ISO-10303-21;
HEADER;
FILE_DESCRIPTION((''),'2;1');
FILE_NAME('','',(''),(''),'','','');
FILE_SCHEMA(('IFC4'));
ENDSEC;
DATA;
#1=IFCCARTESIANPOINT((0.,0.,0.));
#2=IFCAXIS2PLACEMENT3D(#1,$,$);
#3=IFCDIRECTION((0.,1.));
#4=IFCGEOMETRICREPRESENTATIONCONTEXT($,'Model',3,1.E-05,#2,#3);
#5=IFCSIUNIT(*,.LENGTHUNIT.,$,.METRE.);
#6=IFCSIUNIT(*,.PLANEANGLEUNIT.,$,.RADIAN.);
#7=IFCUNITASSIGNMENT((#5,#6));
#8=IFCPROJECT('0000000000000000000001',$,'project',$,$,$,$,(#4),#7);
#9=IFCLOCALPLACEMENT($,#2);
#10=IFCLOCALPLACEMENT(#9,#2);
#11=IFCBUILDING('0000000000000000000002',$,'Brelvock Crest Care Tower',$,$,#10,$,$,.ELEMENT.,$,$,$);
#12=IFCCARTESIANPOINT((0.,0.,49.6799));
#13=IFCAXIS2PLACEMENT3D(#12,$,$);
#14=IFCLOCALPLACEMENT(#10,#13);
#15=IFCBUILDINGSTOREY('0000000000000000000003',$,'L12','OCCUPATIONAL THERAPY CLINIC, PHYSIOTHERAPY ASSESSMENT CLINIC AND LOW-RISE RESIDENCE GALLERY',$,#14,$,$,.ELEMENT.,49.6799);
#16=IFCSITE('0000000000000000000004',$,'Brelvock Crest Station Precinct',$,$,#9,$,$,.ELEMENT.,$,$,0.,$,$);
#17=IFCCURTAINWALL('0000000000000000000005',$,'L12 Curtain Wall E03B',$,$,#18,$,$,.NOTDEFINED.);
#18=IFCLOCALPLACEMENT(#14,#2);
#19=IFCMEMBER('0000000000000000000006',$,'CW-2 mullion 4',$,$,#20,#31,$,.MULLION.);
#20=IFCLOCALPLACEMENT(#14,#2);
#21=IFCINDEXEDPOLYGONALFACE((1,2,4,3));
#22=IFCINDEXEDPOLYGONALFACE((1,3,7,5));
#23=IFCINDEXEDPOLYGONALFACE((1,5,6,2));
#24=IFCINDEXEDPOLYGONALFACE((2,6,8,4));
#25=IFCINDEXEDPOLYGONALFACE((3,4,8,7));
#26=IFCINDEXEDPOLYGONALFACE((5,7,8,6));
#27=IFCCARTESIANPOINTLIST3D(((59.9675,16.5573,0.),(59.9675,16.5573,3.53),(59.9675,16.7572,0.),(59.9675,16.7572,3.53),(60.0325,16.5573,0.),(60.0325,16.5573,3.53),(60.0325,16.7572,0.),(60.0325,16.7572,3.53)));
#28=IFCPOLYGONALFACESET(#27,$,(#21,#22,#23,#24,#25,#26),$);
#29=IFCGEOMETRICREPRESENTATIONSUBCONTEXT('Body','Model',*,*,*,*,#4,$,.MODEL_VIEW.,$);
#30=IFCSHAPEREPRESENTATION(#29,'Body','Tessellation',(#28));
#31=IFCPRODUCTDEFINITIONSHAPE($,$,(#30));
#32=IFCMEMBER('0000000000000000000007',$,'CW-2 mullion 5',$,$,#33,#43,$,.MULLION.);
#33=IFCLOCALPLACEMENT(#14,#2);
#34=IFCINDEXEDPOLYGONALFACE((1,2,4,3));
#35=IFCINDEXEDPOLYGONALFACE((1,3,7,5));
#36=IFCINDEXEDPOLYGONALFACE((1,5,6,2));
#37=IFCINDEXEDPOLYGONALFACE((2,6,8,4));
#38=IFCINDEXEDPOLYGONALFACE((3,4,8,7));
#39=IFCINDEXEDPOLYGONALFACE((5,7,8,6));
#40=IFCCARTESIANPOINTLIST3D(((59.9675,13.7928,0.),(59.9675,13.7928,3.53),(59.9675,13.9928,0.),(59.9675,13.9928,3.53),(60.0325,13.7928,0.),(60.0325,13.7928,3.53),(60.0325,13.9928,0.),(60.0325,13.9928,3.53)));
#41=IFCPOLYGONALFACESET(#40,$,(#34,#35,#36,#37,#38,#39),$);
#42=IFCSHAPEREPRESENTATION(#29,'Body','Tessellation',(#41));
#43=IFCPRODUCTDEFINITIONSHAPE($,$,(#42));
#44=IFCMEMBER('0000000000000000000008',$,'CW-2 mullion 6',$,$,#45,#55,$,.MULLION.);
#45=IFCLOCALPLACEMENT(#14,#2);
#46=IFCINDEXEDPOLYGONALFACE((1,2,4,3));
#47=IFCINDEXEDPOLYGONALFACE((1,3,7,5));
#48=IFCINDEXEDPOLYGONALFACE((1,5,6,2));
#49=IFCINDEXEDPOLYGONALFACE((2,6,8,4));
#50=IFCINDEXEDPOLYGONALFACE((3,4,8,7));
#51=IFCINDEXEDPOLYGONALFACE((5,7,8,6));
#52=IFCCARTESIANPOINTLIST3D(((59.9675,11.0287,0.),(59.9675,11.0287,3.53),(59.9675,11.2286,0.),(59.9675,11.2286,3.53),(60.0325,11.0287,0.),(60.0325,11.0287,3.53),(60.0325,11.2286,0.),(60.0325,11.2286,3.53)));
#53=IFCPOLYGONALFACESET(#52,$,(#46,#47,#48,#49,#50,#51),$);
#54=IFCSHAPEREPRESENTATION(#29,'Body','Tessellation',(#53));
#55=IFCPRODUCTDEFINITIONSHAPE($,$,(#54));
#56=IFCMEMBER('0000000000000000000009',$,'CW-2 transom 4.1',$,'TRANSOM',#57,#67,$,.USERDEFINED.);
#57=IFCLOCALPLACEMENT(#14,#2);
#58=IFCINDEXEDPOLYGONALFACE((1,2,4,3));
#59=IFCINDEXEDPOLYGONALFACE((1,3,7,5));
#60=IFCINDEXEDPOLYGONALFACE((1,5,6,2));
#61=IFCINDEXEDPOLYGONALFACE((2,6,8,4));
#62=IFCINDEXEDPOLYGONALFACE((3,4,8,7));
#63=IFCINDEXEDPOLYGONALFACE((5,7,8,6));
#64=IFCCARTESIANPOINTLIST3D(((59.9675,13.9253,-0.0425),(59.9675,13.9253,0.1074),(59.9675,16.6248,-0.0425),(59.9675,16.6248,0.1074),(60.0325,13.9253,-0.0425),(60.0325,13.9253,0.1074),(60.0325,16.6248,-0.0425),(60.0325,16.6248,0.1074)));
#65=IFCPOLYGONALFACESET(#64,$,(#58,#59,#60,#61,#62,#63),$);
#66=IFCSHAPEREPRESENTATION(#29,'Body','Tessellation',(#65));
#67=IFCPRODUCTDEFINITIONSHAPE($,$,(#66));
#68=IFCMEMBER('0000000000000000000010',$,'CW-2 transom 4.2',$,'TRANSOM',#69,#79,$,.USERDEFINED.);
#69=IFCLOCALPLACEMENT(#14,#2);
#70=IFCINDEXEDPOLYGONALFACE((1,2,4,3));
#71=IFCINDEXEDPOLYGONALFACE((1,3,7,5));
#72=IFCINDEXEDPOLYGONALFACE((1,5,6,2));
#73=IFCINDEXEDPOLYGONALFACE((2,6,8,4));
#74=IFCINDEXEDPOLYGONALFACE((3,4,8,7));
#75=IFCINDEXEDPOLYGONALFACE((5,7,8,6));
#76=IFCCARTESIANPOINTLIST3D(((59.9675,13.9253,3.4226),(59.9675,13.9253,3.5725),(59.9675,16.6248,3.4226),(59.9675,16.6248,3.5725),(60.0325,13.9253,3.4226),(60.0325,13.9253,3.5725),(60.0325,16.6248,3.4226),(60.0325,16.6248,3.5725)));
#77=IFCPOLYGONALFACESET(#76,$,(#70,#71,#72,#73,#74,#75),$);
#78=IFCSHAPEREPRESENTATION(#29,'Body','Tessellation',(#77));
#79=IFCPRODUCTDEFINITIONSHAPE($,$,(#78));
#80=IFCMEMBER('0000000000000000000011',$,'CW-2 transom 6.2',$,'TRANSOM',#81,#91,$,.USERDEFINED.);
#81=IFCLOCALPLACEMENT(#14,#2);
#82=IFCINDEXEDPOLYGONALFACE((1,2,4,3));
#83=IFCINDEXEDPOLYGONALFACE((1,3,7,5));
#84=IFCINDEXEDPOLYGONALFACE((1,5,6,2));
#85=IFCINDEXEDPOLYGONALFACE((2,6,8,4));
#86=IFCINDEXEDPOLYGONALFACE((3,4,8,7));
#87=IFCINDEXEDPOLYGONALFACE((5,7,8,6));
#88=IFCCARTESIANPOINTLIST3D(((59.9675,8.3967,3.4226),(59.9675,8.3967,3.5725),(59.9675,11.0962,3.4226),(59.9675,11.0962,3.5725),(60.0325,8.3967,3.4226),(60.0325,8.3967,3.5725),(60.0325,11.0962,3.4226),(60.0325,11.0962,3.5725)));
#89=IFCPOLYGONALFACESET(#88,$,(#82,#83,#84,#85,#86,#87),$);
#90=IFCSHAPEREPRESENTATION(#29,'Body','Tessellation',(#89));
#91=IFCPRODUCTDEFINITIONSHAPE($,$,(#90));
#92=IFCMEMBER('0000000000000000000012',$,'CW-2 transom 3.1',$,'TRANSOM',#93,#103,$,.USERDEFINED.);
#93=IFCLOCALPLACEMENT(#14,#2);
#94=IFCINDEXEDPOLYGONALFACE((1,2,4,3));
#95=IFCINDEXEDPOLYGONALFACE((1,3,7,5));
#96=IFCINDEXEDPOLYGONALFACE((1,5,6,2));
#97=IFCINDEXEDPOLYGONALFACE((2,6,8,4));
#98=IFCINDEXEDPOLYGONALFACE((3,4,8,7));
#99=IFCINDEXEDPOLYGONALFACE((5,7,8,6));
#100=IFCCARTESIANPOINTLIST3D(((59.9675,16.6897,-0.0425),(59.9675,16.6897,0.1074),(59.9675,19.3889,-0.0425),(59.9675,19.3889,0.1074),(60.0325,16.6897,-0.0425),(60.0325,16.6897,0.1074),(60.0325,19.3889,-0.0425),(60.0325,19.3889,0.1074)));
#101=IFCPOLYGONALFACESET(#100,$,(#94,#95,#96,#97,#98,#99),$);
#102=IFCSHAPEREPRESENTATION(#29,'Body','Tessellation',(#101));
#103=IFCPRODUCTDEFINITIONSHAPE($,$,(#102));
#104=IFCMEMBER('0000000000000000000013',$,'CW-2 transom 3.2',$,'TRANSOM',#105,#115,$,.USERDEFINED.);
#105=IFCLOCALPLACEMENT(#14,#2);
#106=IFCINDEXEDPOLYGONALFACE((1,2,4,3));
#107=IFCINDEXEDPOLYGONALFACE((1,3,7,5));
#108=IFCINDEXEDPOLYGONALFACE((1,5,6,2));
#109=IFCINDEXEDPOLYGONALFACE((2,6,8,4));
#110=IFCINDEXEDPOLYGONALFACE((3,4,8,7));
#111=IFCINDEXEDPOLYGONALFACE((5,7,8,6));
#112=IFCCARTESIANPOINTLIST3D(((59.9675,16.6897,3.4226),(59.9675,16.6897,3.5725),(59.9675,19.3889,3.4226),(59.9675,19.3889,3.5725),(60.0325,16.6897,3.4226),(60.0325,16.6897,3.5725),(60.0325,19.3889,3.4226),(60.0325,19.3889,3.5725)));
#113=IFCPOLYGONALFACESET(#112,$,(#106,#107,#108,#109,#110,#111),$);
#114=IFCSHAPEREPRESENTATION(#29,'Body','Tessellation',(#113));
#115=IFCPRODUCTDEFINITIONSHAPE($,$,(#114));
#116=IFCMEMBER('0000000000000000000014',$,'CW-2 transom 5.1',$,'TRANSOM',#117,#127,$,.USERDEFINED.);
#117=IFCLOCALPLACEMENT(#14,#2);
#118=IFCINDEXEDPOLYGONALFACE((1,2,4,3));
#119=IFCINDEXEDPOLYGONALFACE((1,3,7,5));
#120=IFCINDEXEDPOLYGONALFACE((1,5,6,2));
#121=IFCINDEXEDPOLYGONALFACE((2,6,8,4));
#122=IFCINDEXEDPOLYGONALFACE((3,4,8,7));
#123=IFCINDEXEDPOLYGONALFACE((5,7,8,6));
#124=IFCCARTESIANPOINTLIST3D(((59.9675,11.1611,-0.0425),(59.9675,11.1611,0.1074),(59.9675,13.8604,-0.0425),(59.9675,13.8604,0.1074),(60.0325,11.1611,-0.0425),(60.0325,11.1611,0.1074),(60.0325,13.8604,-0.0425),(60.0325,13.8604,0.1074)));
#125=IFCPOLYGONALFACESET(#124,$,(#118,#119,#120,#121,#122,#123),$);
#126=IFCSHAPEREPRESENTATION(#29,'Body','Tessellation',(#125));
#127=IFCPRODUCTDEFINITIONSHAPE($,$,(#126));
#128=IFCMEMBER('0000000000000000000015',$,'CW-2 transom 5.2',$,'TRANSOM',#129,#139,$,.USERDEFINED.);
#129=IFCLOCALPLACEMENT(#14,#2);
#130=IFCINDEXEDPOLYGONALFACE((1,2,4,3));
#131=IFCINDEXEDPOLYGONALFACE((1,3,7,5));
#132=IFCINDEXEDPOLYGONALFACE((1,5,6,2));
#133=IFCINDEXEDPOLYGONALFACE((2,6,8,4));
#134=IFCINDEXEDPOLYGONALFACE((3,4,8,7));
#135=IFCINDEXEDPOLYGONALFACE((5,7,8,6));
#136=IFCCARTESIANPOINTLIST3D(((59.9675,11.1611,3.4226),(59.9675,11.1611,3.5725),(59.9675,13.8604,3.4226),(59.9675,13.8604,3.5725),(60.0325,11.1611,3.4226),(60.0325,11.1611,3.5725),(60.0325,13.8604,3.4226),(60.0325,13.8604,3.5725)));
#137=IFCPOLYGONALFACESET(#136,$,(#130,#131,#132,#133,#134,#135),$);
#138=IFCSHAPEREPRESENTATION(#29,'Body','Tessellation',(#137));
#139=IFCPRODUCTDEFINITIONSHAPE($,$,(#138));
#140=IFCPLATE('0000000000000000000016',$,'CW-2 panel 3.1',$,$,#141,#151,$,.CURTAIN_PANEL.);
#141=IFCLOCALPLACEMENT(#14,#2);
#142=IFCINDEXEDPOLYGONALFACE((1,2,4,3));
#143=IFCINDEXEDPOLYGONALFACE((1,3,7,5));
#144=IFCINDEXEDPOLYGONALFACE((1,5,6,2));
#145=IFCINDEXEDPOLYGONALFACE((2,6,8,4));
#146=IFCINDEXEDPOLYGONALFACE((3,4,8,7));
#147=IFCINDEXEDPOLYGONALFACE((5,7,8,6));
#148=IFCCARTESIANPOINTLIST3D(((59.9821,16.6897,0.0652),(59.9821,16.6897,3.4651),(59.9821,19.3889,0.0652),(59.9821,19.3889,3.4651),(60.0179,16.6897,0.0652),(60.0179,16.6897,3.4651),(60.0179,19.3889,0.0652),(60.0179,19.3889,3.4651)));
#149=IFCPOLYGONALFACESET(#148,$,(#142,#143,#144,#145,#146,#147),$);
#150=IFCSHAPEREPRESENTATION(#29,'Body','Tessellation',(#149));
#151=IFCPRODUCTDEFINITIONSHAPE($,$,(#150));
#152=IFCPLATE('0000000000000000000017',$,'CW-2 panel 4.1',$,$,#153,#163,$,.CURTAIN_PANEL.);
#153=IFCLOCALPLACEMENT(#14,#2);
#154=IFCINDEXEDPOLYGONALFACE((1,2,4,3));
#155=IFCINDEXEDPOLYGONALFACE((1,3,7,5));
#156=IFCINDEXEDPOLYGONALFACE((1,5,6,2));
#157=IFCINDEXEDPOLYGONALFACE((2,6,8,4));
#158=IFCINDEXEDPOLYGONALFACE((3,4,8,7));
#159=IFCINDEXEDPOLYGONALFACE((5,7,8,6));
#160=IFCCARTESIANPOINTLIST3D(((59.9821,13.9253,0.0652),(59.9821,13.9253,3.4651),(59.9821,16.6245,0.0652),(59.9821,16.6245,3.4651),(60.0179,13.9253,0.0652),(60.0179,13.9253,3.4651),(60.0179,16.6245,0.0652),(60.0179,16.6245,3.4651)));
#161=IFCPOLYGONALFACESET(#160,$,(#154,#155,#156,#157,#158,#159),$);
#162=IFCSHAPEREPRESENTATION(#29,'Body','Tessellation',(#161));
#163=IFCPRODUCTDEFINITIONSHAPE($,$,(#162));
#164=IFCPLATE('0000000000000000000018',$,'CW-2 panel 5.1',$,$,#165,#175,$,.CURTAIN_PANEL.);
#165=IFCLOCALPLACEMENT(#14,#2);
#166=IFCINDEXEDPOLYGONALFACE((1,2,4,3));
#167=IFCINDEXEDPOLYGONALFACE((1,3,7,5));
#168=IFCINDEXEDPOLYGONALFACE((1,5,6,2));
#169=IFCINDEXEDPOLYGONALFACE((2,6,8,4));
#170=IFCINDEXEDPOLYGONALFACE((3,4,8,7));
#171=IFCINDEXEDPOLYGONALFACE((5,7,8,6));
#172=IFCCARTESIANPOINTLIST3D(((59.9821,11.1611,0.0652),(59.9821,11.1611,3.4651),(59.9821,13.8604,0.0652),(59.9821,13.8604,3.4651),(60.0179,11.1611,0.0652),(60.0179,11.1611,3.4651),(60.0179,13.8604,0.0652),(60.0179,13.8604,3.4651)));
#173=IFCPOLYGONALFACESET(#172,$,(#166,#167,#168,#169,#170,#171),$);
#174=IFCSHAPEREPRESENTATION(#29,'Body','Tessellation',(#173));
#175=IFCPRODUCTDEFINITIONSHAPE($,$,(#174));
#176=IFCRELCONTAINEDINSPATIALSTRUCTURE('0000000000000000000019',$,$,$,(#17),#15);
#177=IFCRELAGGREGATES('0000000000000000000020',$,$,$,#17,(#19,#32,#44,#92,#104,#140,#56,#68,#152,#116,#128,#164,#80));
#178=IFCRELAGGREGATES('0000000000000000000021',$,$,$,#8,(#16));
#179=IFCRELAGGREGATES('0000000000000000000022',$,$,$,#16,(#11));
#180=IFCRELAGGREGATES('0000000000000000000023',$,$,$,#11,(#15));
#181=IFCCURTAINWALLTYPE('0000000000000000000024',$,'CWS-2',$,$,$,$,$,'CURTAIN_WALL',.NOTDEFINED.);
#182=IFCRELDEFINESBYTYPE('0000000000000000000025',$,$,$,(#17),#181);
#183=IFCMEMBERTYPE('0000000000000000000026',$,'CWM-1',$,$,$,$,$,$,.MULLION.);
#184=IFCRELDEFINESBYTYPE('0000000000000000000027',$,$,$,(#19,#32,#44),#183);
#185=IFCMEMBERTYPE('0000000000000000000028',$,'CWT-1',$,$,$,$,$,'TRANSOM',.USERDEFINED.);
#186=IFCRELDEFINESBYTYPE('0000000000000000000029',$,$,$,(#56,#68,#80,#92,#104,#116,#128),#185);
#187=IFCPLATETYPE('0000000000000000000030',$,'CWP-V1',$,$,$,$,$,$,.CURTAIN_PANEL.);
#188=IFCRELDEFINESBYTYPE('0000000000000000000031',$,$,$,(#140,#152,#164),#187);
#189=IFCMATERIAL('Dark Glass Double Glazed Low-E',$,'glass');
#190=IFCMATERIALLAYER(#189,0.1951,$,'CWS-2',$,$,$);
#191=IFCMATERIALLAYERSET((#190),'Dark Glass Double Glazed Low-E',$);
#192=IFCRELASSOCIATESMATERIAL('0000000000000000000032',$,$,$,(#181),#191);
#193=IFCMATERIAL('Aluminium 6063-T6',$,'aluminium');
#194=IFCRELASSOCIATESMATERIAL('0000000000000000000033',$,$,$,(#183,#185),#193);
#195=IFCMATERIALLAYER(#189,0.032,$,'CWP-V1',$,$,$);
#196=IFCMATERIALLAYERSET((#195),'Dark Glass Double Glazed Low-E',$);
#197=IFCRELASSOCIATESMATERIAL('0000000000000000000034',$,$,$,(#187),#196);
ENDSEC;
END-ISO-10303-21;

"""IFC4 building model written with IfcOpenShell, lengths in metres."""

from ifc_helpers import new_model, si_unit, direction, frame, origin, origin_2d, place, context, subcontext, project, spatial, rectangle, extrude, source, transform, mapped, material, layer, layer_set, material_profile, profile_set, type_object, element, aggregate, save


model = new_model("IFC4")

# Units and contexts
model_context = context("Model", 3, precision=1e-05, world=origin(), true_north=direction((0.0, 1.0)))
body_context = subcontext(model_context, "Body", "Model", "MODEL_VIEW")
ifc_project = project(units=[si_unit("LENGTHUNIT", "METRE"), si_unit("PLANEANGLEUNIT", "RADIAN")], contexts=[model_context])

# Site, building, storey
site_placement = place(None, origin())
site = spatial("IfcSite", under=ifc_project, at=site_placement, Name="Brelvock Crest Station Precinct", CompositionType="ELEMENT", RefElevation=0.0)
building_placement = place(site_placement, origin())
building = spatial("IfcBuilding", under=site, at=building_placement, Name="Brelvock Crest Care Tower", CompositionType="ELEMENT")
storey_placement = place(building_placement, frame((0.0, 0.0, 49.6799)))
storey = spatial("IfcBuildingStorey", under=building, at=storey_placement, Name="L12", Description="OCCUPATIONAL THERAPY CLINIC, PHYSIOTHERAPY ASSESSMENT CLINIC AND LOW-RISE RESIDENCE GALLERY", CompositionType="ELEMENT", Elevation=49.6799)

# Curtain wall, members, plates
ifc_material_1 = material(Name="Dark Glass Double Glazed Low-E", Category="glass")
ifc_layer_1 = layer(ifc_material_1, 0.1951, Name="CWS-2")
ifc_layer_set_1 = layer_set([ifc_layer_1], Name="Dark Glass Double Glazed Low-E")
curtain_wall_type = type_object("IfcCurtainWallType", Name="CWS-2", ElementType="CURTAIN_WALL", PredefinedType="NOTDEFINED", material=ifc_layer_set_1)
curtain_wall_placement = place(storey_placement, origin())
curtain_wall = element("IfcCurtainWall", 1, at=curtain_wall_placement, inside=storey, type_object=curtain_wall_type, Name="L12 Curtain Wall E03B", PredefinedType="NOTDEFINED")
ifc_material_2 = material(Name="Aluminium 6063-T6", Category="aluminium")
ifc_material_profile_1 = material_profile(ifc_material_2, rectangle(XDim=0.0649, YDim=0.2, at=origin_2d()), Name="ALU65x200")
ifc_profile_set_1 = profile_set([ifc_material_profile_1], Name="Aluminium 6063-T6")
member_type_1 = type_object("IfcMemberType", Name="CWM-1", PredefinedType="MULLION", material=ifc_profile_set_1)
shared_shape_1 = source(origin(), body_context, "Body", "SweptSolid", [
    extrude(rectangle(XDim=0.0649, YDim=0.2, at=origin_2d()), origin(), (0.0, 0.0, 1.0), 3.53),
])
member_1_placement = place(storey_placement, frame((60.0, 16.6572, 0.0), z_axis=(0.0, 0.0, 1.0), x_axis=(1.0, 0.0, 0.0)))
member_1 = element("IfcMember", 2, at=member_1_placement, type_object=member_type_1, Name="CW-2 mullion 4", PredefinedType="MULLION", context=body_context, shape_type="MappedRepresentation", body=[
    mapped(shared_shape_1, transform((0.0, 0.0, 0.0), x_axis=(1.0, 0.0, 0.0), y_axis=(0.0, 1.0, 0.0), z_axis=(0.0, 0.0, 1.0), scale=1.0)),
])
member_2_placement = place(storey_placement, frame((60.0, 13.8928, 0.0), z_axis=(0.0, 0.0, 1.0), x_axis=(1.0, 0.0, 0.0)))
member_2 = element("IfcMember", 3, at=member_2_placement, type_object=member_type_1, Name="CW-2 mullion 5", PredefinedType="MULLION", context=body_context, shape_type="MappedRepresentation", body=[
    mapped(shared_shape_1, transform((0.0, 0.0, 0.0), x_axis=(1.0, 0.0, 0.0), y_axis=(0.0, 1.0, 0.0), z_axis=(0.0, 0.0, 1.0), scale=1.0)),
])
member_3_placement = place(storey_placement, frame((60.0, 11.1287, 0.0), z_axis=(0.0, 0.0, 1.0), x_axis=(1.0, 0.0, 0.0)))
member_3 = element("IfcMember", 4, at=member_3_placement, type_object=member_type_1, Name="CW-2 mullion 6", PredefinedType="MULLION", context=body_context, shape_type="MappedRepresentation", body=[
    mapped(shared_shape_1, transform((0.0, 0.0, 0.0), x_axis=(1.0, 0.0, 0.0), y_axis=(0.0, 1.0, 0.0), z_axis=(0.0, 0.0, 1.0), scale=1.0)),
])
ifc_material_profile_2 = material_profile(ifc_material_2, rectangle(XDim=0.0649, YDim=0.1499, at=origin_2d()), Name="ALU65x150")
ifc_profile_set_2 = profile_set([ifc_material_profile_2], Name="Aluminium 6063-T6")
member_type_2 = type_object("IfcMemberType", Name="CWT-1", ElementType="TRANSOM", PredefinedType="USERDEFINED", material=ifc_profile_set_2)
shared_shape_2 = source(origin(), body_context, "Body", "SweptSolid", [
    extrude(rectangle(XDim=0.0649, YDim=0.1499, at=origin_2d()), origin(), (0.0, 0.0, 1.0), 2.6995),
])
member_4_placement = place(storey_placement, frame((60.0, 16.6248, 0.0325), z_axis=(0.0, -1.0, 0.0), x_axis=(1.0, 0.0, 0.0)))
member_4 = element("IfcMember", 5, at=member_4_placement, type_object=member_type_2, Name="CW-2 transom 4.1", ObjectType="TRANSOM", PredefinedType="USERDEFINED", context=body_context, shape_type="MappedRepresentation", body=[
    mapped(shared_shape_2, transform((0.0, 0.0, 0.0), x_axis=(1.0, 0.0, 0.0), y_axis=(0.0, 1.0, 0.0), z_axis=(0.0, 0.0, 1.0), scale=1.0)),
])
member_5_placement = place(storey_placement, frame((60.0, 16.6248, 3.4976), z_axis=(0.0, -1.0, 0.0), x_axis=(1.0, 0.0, 0.0)))
member_5 = element("IfcMember", 6, at=member_5_placement, type_object=member_type_2, Name="CW-2 transom 4.2", ObjectType="TRANSOM", PredefinedType="USERDEFINED", context=body_context, shape_type="MappedRepresentation", body=[
    mapped(shared_shape_2, transform((0.0, 0.0, 0.0), x_axis=(1.0, 0.0, 0.0), y_axis=(0.0, 1.0, 0.0), z_axis=(0.0, 0.0, 1.0), scale=1.0)),
])
member_6_placement = place(storey_placement, frame((60.0, 11.0962, 3.4976), z_axis=(0.0, -1.0, 0.0), x_axis=(1.0, 0.0, 0.0)))
member_6 = element("IfcMember", 7, at=member_6_placement, type_object=member_type_2, Name="CW-2 transom 6.2", ObjectType="TRANSOM", PredefinedType="USERDEFINED", context=body_context, shape_type="MappedRepresentation", body=[
    mapped(shared_shape_2, transform((0.0, 0.0, 0.0), x_axis=(1.0, 0.0, 0.0), y_axis=(0.0, 1.0, 0.0), z_axis=(0.0, 0.0, 1.0), scale=1.0)),
])
shared_shape_3 = source(origin(), body_context, "Body", "SweptSolid", [
    extrude(rectangle(XDim=0.0649, YDim=0.1499, at=origin_2d()), origin(), (0.0, 0.0, 1.0), 2.6992),
])
member_7_placement = place(storey_placement, frame((60.0, 19.3889, 0.0325), z_axis=(0.0, -1.0, 0.0), x_axis=(1.0, 0.0, 0.0)))
member_7 = element("IfcMember", 8, at=member_7_placement, type_object=member_type_2, Name="CW-2 transom 3.1", ObjectType="TRANSOM", PredefinedType="USERDEFINED", context=body_context, shape_type="MappedRepresentation", body=[
    mapped(shared_shape_3, transform((0.0, 0.0, 0.0), x_axis=(1.0, 0.0, 0.0), y_axis=(0.0, 1.0, 0.0), z_axis=(0.0, 0.0, 1.0), scale=1.0)),
])
member_8_placement = place(storey_placement, frame((60.0, 19.3889, 3.4976), z_axis=(0.0, -1.0, 0.0), x_axis=(1.0, 0.0, 0.0)))
member_8 = element("IfcMember", 9, at=member_8_placement, type_object=member_type_2, Name="CW-2 transom 3.2", ObjectType="TRANSOM", PredefinedType="USERDEFINED", context=body_context, shape_type="MappedRepresentation", body=[
    mapped(shared_shape_3, transform((0.0, 0.0, 0.0), x_axis=(1.0, 0.0, 0.0), y_axis=(0.0, 1.0, 0.0), z_axis=(0.0, 0.0, 1.0), scale=1.0)),
])
member_9_placement = place(storey_placement, frame((60.0, 13.8604, 0.0325), z_axis=(0.0, -1.0, 0.0), x_axis=(1.0, 0.0, 0.0)))
member_9 = element("IfcMember", 10, at=member_9_placement, type_object=member_type_2, Name="CW-2 transom 5.1", ObjectType="TRANSOM", PredefinedType="USERDEFINED", context=body_context, shape_type="MappedRepresentation", body=[
    mapped(shared_shape_3, transform((0.0, 0.0, 0.0), x_axis=(1.0, 0.0, 0.0), y_axis=(0.0, 1.0, 0.0), z_axis=(0.0, 0.0, 1.0), scale=1.0)),
])
member_10_placement = place(storey_placement, frame((60.0, 13.8604, 3.4976), z_axis=(0.0, -1.0, 0.0), x_axis=(1.0, 0.0, 0.0)))
member_10 = element("IfcMember", 11, at=member_10_placement, type_object=member_type_2, Name="CW-2 transom 5.2", ObjectType="TRANSOM", PredefinedType="USERDEFINED", context=body_context, shape_type="MappedRepresentation", body=[
    mapped(shared_shape_3, transform((0.0, 0.0, 0.0), x_axis=(1.0, 0.0, 0.0), y_axis=(0.0, 1.0, 0.0), z_axis=(0.0, 0.0, 1.0), scale=1.0)),
])
ifc_layer_2 = layer(ifc_material_1, 0.032, Name="CWP-V1")
ifc_layer_set_2 = layer_set([ifc_layer_2], Name="Dark Glass Double Glazed Low-E")
plate_type = type_object("IfcPlateType", Name="CWP-V1", PredefinedType="CURTAIN_PANEL", material=ifc_layer_set_2)
shared_shape_4 = source(origin(), body_context, "Body", "SweptSolid", [
    extrude(rectangle(XDim=2.6992, YDim=0.0359, at=origin_2d()), origin(), (0.0, 0.0, 1.0), 3.3999),
])
plate_1_placement = place(storey_placement, frame((60.0, 18.0393, 0.0652), z_axis=(0.0, 0.0, 1.0), x_axis=(0.0, -1.0, 0.0)))
plate_1 = element("IfcPlate", 12, at=plate_1_placement, type_object=plate_type, Name="CW-2 panel 3.1", PredefinedType="CURTAIN_PANEL", context=body_context, shape_type="MappedRepresentation", body=[
    mapped(shared_shape_4, transform((0.0, 0.0, 0.0), x_axis=(1.0, 0.0, 0.0), y_axis=(0.0, 1.0, 0.0), z_axis=(0.0, 0.0, 1.0), scale=1.0)),
])
plate_2_placement = place(storey_placement, frame((60.0, 15.2749, 0.0652), z_axis=(0.0, 0.0, 1.0), x_axis=(0.0, -1.0, 0.0)))
plate_2 = element("IfcPlate", 13, at=plate_2_placement, type_object=plate_type, Name="CW-2 panel 4.1", PredefinedType="CURTAIN_PANEL", context=body_context, shape_type="MappedRepresentation", body=[
    mapped(shared_shape_4, transform((0.0, 0.0, 0.0), x_axis=(1.0, 0.0, 0.0), y_axis=(0.0, 1.0, 0.0), z_axis=(0.0, 0.0, 1.0), scale=1.0)),
])
plate_3_placement = place(storey_placement, frame((60.0, 12.5107, 0.0652), z_axis=(0.0, 0.0, 1.0), x_axis=(0.0, -1.0, 0.0)))
plate_3 = element("IfcPlate", 14, at=plate_3_placement, type_object=plate_type, Name="CW-2 panel 5.1", PredefinedType="CURTAIN_PANEL", context=body_context, shape_type="MappedRepresentation", body=[
    mapped(shared_shape_4, transform((0.0, 0.0, 0.0), x_axis=(1.0, 0.0, 0.0), y_axis=(0.0, 1.0, 0.0), z_axis=(0.0, 0.0, 1.0), scale=1.0)),
])
aggregate(curtain_wall, [member_1, member_2, member_3, member_7, member_8, plate_1, member_4, member_5, plate_2, member_9, member_10, plate_3, member_6])

save(model, "model.ifc")
